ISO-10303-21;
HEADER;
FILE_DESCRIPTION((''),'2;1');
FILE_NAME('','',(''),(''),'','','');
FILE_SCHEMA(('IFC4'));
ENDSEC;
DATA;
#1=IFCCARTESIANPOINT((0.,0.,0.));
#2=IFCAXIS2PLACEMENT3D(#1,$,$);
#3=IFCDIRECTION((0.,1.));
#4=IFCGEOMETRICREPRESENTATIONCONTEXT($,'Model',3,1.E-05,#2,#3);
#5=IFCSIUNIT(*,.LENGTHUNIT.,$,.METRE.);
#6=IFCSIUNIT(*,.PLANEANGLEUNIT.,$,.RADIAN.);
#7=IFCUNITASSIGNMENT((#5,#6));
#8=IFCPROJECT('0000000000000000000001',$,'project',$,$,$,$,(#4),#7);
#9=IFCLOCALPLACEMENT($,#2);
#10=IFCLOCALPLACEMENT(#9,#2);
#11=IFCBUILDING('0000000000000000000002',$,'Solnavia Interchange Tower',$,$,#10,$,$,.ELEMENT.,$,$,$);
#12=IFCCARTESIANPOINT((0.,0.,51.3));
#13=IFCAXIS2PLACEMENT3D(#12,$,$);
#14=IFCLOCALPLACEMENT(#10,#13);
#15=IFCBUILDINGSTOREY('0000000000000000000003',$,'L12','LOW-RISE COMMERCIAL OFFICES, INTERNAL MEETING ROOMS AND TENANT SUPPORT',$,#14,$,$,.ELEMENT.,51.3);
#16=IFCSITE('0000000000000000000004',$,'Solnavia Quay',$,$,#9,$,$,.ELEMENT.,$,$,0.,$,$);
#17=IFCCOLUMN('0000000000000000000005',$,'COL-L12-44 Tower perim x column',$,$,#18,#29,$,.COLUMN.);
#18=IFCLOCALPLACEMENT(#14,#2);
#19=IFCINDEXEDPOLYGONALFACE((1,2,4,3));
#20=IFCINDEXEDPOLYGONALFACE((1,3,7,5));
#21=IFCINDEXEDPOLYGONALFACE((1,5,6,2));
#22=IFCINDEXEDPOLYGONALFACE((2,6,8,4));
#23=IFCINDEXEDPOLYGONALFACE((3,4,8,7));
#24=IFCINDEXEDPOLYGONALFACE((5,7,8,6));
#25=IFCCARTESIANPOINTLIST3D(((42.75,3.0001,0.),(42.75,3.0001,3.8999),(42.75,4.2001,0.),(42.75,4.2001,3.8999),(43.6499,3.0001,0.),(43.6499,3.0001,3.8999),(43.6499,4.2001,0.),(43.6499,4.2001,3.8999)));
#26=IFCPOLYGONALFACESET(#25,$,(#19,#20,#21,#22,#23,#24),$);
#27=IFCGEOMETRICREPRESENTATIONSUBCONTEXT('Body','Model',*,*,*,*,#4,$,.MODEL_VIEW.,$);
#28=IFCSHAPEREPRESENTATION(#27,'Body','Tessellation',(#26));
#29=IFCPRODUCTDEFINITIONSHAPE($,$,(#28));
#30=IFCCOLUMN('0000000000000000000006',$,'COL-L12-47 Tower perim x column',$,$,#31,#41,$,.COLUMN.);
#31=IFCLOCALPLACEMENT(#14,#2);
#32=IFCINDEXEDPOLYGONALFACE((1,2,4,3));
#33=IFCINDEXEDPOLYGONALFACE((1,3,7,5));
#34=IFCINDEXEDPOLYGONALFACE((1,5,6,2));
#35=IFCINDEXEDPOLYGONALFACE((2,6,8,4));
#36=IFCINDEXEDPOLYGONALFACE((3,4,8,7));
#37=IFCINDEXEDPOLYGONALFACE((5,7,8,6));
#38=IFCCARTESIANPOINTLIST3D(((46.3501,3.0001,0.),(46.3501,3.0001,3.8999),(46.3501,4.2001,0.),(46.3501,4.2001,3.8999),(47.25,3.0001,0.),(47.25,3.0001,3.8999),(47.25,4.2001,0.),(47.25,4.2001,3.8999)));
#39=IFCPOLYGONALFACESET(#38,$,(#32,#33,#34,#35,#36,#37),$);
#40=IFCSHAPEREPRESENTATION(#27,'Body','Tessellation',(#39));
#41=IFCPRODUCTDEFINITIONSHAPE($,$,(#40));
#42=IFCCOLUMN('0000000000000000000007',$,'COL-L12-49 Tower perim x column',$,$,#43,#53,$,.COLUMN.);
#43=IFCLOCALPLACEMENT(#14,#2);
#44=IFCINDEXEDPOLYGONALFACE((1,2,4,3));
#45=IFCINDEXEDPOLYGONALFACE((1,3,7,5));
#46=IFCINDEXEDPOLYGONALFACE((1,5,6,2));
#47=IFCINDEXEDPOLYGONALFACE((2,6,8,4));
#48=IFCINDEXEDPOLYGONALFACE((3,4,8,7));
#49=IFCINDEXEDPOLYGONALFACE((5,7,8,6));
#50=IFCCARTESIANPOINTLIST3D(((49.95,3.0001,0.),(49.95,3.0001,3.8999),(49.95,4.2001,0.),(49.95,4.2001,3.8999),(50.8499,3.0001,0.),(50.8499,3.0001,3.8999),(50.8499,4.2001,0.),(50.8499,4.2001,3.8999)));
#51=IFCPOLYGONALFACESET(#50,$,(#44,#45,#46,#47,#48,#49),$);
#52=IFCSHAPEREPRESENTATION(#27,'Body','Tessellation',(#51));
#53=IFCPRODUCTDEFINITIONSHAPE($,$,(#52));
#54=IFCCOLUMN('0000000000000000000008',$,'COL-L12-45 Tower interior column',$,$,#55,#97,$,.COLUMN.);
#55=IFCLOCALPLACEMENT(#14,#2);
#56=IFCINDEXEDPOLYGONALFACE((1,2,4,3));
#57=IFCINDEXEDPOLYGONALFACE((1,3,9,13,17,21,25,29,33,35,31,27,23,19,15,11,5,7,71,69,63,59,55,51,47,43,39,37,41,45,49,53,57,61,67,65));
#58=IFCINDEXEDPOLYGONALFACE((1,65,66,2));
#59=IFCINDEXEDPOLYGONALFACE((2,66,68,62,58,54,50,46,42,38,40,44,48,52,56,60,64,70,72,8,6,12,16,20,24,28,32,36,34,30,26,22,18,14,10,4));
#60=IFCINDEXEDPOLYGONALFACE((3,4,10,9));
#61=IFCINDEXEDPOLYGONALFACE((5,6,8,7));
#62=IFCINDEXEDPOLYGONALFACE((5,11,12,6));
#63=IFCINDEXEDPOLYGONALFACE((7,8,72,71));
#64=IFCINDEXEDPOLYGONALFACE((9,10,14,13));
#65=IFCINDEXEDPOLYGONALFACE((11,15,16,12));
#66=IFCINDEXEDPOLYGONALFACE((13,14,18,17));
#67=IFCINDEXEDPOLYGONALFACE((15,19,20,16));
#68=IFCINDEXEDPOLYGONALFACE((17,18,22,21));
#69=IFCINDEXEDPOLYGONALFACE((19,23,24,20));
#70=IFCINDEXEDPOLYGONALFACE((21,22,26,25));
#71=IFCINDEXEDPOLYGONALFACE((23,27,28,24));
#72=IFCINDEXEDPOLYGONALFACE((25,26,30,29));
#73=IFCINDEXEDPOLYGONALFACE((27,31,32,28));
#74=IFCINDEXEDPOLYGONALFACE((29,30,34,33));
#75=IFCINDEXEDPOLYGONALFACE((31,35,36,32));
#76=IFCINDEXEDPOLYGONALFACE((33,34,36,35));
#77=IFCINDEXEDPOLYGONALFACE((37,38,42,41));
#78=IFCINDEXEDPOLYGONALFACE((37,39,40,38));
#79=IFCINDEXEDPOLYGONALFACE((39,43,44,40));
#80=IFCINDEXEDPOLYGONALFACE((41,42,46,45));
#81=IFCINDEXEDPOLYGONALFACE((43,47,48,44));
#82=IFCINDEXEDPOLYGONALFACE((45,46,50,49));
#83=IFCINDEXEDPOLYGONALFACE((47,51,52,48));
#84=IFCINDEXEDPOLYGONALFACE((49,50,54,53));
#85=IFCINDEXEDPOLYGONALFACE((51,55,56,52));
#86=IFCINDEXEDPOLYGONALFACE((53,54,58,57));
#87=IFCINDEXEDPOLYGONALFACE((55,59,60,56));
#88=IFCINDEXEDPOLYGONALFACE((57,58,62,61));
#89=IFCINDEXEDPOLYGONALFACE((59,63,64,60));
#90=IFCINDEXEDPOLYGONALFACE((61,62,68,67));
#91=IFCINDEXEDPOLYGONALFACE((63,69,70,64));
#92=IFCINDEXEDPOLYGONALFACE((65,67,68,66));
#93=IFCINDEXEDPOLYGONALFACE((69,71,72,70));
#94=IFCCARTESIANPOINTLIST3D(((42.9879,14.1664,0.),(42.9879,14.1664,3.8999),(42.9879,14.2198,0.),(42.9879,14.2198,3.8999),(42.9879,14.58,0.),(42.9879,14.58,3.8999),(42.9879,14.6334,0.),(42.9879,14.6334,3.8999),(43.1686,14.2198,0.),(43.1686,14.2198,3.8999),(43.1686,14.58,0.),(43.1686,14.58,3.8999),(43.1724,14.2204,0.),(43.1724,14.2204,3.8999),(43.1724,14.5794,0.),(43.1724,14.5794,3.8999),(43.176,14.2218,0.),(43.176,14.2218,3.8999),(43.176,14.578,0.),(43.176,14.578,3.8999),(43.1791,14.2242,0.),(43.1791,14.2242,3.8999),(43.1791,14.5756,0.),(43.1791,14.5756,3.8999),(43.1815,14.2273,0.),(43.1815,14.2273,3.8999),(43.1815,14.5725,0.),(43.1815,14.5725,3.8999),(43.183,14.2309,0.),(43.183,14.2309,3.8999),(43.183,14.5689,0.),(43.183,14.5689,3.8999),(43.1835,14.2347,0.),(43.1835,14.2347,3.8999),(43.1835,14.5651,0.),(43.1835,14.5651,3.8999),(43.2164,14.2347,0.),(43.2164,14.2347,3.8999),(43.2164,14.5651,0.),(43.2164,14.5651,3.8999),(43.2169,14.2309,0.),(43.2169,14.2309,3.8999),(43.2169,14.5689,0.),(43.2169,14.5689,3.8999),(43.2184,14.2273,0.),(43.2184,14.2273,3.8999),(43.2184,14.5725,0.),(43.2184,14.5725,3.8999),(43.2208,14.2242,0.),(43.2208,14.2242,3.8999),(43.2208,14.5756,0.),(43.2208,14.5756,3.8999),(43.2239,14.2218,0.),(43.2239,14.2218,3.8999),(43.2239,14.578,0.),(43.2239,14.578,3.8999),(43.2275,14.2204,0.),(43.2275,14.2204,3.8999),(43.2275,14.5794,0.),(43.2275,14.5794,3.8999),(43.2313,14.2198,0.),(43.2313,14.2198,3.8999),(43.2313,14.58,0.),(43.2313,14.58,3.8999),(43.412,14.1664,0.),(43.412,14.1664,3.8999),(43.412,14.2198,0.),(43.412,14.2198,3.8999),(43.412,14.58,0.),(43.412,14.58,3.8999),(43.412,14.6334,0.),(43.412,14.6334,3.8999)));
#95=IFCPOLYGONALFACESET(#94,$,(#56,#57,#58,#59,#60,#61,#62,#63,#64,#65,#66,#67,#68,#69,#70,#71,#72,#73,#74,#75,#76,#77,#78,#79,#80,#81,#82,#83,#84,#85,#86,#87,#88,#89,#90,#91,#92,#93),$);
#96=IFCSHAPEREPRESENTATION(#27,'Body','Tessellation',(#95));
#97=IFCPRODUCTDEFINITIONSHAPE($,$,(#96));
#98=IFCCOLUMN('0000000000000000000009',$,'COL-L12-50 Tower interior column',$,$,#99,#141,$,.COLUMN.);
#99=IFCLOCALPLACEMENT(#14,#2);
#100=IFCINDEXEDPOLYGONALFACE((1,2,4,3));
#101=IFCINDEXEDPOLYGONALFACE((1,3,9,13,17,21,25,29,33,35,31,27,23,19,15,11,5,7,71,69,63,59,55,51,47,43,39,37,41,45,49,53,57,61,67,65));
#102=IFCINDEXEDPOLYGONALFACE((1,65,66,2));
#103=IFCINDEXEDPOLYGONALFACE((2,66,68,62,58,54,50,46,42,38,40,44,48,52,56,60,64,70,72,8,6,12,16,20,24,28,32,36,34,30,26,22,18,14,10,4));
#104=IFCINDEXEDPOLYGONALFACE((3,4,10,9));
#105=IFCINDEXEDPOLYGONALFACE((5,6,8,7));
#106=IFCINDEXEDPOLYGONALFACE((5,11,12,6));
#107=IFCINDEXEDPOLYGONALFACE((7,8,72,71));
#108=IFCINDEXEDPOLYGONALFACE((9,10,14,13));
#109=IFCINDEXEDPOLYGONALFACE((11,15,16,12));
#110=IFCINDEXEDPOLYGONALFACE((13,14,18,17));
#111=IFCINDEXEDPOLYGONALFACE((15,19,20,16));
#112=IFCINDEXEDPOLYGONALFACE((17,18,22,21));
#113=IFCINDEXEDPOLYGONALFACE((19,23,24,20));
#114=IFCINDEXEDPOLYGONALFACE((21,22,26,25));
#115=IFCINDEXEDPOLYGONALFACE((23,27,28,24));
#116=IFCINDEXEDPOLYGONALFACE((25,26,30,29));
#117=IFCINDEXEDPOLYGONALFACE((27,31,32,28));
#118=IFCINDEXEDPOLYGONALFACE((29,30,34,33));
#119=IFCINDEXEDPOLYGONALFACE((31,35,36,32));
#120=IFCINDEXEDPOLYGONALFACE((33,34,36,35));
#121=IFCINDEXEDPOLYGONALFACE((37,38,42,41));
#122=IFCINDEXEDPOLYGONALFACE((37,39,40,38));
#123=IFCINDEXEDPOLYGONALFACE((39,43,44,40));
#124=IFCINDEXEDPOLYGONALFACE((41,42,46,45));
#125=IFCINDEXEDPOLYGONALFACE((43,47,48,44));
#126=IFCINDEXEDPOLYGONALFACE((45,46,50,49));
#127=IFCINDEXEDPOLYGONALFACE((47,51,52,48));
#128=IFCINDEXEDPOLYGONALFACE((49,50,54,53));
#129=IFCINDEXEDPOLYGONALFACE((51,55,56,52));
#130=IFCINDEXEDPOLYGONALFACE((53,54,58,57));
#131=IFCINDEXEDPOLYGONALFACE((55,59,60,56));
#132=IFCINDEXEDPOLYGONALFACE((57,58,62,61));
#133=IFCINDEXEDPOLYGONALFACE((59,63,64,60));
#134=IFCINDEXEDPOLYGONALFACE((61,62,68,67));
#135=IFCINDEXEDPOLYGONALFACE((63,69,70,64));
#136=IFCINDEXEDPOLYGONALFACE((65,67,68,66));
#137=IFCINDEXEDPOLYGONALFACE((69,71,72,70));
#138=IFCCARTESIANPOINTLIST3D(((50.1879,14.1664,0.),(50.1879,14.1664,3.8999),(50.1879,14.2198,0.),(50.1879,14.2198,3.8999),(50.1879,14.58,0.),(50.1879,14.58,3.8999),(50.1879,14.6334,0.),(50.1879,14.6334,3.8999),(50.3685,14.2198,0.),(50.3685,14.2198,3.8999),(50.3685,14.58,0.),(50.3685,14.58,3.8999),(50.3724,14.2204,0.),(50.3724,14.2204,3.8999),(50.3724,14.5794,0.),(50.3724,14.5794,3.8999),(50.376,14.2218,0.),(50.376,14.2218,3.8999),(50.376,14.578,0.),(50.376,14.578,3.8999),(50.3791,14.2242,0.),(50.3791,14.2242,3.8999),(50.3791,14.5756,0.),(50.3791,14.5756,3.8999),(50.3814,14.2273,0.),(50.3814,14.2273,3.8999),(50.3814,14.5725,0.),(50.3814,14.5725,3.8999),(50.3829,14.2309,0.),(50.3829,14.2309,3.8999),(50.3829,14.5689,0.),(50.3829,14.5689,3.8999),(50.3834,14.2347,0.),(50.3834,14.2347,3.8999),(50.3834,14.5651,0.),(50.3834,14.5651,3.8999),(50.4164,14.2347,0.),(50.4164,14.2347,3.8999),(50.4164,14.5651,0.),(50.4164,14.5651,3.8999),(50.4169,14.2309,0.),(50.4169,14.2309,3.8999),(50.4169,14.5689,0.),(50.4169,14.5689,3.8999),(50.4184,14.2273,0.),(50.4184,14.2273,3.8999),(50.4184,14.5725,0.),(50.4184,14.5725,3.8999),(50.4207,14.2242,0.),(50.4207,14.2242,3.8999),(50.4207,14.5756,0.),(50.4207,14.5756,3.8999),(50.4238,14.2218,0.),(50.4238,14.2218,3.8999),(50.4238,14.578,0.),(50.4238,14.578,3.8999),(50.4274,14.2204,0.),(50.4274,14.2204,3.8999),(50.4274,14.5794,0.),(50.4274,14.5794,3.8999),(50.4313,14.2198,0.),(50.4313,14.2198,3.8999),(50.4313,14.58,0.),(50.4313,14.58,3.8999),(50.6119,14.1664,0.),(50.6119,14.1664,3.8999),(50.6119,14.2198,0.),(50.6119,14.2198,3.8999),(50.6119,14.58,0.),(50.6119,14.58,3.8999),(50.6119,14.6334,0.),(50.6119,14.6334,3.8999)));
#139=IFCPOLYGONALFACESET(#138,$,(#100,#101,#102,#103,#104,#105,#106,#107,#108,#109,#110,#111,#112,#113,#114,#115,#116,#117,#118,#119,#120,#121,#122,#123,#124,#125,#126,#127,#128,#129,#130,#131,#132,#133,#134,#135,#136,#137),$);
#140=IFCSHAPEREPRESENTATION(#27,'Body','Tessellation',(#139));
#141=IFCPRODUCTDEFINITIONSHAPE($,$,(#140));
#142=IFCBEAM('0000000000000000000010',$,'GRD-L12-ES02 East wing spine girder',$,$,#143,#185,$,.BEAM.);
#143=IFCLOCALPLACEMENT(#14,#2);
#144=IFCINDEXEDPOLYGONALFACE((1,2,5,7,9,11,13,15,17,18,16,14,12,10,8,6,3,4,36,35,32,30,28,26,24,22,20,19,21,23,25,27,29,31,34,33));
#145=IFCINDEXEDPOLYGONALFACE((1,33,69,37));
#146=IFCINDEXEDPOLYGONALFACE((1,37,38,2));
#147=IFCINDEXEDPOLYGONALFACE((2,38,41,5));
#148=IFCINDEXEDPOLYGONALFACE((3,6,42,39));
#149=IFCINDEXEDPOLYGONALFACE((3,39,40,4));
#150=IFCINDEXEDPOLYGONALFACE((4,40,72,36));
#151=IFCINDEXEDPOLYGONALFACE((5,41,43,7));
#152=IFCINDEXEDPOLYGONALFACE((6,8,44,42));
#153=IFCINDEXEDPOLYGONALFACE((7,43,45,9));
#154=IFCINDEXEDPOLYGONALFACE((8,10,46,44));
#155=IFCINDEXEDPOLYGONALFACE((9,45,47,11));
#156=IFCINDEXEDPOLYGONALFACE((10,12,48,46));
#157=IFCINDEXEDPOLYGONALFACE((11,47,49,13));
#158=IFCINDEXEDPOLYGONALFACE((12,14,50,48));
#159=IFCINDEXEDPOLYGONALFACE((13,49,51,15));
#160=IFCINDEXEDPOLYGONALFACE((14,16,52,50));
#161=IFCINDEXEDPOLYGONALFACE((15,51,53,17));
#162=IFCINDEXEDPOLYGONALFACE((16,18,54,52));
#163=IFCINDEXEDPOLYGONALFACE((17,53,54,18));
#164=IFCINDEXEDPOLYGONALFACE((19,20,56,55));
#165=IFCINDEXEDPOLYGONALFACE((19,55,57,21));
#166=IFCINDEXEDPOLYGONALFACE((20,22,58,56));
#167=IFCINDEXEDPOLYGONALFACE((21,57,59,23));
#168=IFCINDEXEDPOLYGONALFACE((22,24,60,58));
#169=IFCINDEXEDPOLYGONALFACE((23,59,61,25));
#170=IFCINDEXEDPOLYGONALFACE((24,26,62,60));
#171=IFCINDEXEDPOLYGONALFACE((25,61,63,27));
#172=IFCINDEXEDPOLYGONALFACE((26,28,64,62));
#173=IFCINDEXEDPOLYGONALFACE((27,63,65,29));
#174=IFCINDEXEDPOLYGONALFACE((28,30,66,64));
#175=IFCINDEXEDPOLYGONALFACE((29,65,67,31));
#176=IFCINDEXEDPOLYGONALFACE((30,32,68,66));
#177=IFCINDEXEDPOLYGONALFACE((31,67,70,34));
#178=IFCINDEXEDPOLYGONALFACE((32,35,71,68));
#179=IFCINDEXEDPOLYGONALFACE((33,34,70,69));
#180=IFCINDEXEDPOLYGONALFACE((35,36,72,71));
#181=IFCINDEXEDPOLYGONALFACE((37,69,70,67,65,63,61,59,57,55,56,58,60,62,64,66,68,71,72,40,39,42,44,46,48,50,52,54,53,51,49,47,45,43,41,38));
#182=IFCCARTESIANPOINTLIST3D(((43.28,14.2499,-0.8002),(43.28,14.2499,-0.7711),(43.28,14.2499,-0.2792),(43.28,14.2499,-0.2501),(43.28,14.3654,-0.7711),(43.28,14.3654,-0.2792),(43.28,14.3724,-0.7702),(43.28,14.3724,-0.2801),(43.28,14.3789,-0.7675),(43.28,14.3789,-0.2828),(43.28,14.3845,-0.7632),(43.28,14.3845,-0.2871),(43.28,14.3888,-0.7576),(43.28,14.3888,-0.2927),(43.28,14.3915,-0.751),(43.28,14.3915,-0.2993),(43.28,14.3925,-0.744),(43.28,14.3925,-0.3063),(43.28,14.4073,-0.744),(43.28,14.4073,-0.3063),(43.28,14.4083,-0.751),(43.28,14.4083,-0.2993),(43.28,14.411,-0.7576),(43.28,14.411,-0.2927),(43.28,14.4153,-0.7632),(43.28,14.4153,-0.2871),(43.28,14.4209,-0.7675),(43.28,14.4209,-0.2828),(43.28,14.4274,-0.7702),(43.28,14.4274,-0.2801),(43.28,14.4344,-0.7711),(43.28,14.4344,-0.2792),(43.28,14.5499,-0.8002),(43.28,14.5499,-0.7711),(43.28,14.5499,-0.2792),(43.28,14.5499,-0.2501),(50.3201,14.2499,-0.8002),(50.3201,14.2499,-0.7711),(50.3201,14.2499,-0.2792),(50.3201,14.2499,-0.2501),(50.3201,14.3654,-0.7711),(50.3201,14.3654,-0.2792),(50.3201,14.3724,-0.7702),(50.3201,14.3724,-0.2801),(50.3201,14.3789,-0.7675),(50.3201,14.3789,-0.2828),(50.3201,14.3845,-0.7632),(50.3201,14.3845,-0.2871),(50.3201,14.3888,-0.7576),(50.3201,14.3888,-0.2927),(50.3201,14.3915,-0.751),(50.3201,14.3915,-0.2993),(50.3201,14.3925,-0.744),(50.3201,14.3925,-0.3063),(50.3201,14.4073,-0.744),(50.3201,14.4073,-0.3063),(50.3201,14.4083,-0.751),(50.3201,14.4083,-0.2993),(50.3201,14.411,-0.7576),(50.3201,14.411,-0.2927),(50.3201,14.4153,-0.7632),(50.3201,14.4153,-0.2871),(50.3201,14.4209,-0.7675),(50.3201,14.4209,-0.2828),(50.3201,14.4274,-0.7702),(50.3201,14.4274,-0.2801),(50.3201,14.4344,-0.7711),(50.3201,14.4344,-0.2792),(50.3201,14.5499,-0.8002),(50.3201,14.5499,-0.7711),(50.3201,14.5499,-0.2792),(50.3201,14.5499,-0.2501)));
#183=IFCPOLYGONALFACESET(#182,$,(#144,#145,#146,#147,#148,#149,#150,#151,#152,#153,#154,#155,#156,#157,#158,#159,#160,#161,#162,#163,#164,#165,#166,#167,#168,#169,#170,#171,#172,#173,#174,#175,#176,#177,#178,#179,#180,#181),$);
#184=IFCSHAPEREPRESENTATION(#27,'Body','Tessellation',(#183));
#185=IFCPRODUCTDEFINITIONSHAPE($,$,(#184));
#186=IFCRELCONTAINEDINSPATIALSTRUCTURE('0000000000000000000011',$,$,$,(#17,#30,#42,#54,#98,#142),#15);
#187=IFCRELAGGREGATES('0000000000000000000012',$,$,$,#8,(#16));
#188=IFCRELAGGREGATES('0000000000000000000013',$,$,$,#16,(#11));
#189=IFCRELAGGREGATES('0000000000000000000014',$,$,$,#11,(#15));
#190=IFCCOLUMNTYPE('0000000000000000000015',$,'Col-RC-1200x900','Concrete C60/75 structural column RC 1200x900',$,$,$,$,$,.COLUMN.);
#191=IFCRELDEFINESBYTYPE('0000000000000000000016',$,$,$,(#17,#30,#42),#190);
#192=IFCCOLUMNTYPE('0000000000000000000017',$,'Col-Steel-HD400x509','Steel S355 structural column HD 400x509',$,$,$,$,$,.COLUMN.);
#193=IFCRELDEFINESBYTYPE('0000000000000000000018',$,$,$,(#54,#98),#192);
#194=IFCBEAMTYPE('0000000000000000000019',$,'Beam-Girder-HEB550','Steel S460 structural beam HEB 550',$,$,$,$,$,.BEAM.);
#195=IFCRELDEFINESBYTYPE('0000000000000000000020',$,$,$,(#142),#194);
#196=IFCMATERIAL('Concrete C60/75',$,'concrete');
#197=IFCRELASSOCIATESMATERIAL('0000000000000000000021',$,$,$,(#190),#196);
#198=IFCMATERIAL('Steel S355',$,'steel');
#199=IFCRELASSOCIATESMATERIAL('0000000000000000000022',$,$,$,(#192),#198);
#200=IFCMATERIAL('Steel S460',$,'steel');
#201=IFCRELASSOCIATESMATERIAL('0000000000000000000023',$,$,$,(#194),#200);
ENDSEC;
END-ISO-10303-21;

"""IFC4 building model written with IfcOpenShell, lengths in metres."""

from ifc_helpers import new_model, si_unit, direction, frame, origin, origin_2d, place, context, subcontext, project, spatial, rectangle, i_section, extrude, material, material_profile, profile_set, type_object, element, save


model = new_model("IFC4")

# Units and contexts
model_context = context("Model", 3, precision=1e-05, world=origin(), true_north=direction((0.0, 1.0)))
body_context = subcontext(model_context, "Body", "Model", "MODEL_VIEW")
ifc_project = project(units=[si_unit("LENGTHUNIT", "METRE"), si_unit("PLANEANGLEUNIT", "RADIAN")], contexts=[model_context])

# Site, building, storey
site_placement = place(None, origin())
site = spatial("IfcSite", under=ifc_project, at=site_placement, Name="Solnavia Quay", CompositionType="ELEMENT", RefElevation=0.0)
building_placement = place(site_placement, origin())
building = spatial("IfcBuilding", under=site, at=building_placement, Name="Solnavia Interchange Tower", CompositionType="ELEMENT")
storey_placement = place(building_placement, frame((0.0, 0.0, 51.3)))
storey = spatial("IfcBuildingStorey", under=building, at=storey_placement, Name="L12", Description="LOW-RISE COMMERCIAL OFFICES, INTERNAL MEETING ROOMS AND TENANT SUPPORT", CompositionType="ELEMENT", Elevation=51.3)

# Columns
ifc_material_1 = material(Name="Concrete C60/75", Category="concrete")
ifc_material_profile_1 = material_profile(ifc_material_1, rectangle(XDim=0.8999, YDim=1.2, at=origin_2d()), Name="RC 1200x900")
ifc_profile_set_1 = profile_set([ifc_material_profile_1], Name="Concrete C60/75")
column_type_1 = type_object("IfcColumnType", Name="Col-RC-1200x900", Description="Concrete C60/75 structural column RC 1200x900", PredefinedType="COLUMN", material=ifc_profile_set_1)
for number, where, z_axis, x_axis, name in (
    (1, (43.2, 3.6001, 0.0), (0.0, 0.0, 1.0), (1.0, 0.0, 0.0), "COL-L12-44 Tower perim x column"),
    (2, (46.8, 3.6001, 0.0), (0.0, 0.0, 1.0), (1.0, 0.0, 0.0), "COL-L12-47 Tower perim x column"),
    (3, (50.3999, 3.6001, 0.0), (0.0, 0.0, 1.0), (1.0, 0.0, 0.0), "COL-L12-49 Tower perim x column"),
):
    element("IfcColumn", number, at=place(storey_placement, frame(where, z_axis=z_axis, x_axis=x_axis)), inside=storey, type_object=column_type_1, Name=name, PredefinedType="COLUMN", context=body_context, shape_type="SweptSolid", body=[
        extrude(rectangle(XDim=0.8999, YDim=1.2, at=origin_2d()), origin(), (0.0, 0.0, 1.0), 3.8999),
    ])
ifc_material_2 = material(Name="Steel S355", Category="steel")
ifc_material_profile_2 = material_profile(ifc_material_2, i_section(OverallWidth=0.4241, OverallDepth=0.467, WebThickness=0.033, FlangeThickness=0.0535, FilletRadius=0.0149, at=origin_2d()), Name="HD 400x509")
ifc_profile_set_2 = profile_set([ifc_material_profile_2], Name="Steel S355")
column_type_2 = type_object("IfcColumnType", Name="Col-Steel-HD400x509", Description="Steel S355 structural column HD 400x509", PredefinedType="COLUMN", material=ifc_profile_set_2)
for number, where, z_axis, x_axis, name in (
    (4, (43.2, 14.3999, 0.0), (0.0, 0.0, 1.0), (1.0, 0.0, 0.0), "COL-L12-45 Tower interior column"),
    (5, (50.3999, 14.3999, 0.0), (0.0, 0.0, 1.0), (1.0, 0.0, 0.0), "COL-L12-50 Tower interior column"),
):
    element("IfcColumn", number, at=place(storey_placement, frame(where, z_axis=z_axis, x_axis=x_axis)), inside=storey, type_object=column_type_2, Name=name, PredefinedType="COLUMN", context=body_context, shape_type="SweptSolid", body=[
        extrude(i_section(OverallWidth=0.4241, OverallDepth=0.467, WebThickness=0.033, FlangeThickness=0.0535, FilletRadius=0.0149, at=origin_2d()), origin(), (0.0, 0.0, 1.0), 3.8999),
    ])

# Beam
ifc_material_3 = material(Name="Steel S460", Category="steel")
ifc_material_profile_3 = material_profile(ifc_material_3, i_section(OverallWidth=0.3, OverallDepth=0.55, WebThickness=0.0149, FlangeThickness=0.0291, FilletRadius=0.0271, at=origin_2d()), Name="HEB 550")
ifc_profile_set_3 = profile_set([ifc_material_profile_3], Name="Steel S460")
beam_type_1 = type_object("IfcBeamType", Name="Beam-Girder-HEB550", Description="Steel S460 structural beam HEB 550", PredefinedType="BEAM", material=ifc_profile_set_3)
beam_1_placement = place(storey_placement, frame((43.28, 14.3999, -0.5251), z_axis=(1.0, 0.0, 0.0), x_axis=(0.0, 1.0, 0.0)))
element("IfcBeam", 6, at=beam_1_placement, inside=storey, type_object=beam_type_1, Name="GRD-L12-ES02 East wing spine girder", PredefinedType="BEAM", context=body_context, shape_type="SweptSolid", body=[
    extrude(i_section(OverallWidth=0.3, OverallDepth=0.55, WebThickness=0.0149, FlangeThickness=0.0291, FilletRadius=0.0271, at=origin_2d()), origin(), (0.0, 0.0, 1.0), 7.04),
])

save(model, "model.ifc")
